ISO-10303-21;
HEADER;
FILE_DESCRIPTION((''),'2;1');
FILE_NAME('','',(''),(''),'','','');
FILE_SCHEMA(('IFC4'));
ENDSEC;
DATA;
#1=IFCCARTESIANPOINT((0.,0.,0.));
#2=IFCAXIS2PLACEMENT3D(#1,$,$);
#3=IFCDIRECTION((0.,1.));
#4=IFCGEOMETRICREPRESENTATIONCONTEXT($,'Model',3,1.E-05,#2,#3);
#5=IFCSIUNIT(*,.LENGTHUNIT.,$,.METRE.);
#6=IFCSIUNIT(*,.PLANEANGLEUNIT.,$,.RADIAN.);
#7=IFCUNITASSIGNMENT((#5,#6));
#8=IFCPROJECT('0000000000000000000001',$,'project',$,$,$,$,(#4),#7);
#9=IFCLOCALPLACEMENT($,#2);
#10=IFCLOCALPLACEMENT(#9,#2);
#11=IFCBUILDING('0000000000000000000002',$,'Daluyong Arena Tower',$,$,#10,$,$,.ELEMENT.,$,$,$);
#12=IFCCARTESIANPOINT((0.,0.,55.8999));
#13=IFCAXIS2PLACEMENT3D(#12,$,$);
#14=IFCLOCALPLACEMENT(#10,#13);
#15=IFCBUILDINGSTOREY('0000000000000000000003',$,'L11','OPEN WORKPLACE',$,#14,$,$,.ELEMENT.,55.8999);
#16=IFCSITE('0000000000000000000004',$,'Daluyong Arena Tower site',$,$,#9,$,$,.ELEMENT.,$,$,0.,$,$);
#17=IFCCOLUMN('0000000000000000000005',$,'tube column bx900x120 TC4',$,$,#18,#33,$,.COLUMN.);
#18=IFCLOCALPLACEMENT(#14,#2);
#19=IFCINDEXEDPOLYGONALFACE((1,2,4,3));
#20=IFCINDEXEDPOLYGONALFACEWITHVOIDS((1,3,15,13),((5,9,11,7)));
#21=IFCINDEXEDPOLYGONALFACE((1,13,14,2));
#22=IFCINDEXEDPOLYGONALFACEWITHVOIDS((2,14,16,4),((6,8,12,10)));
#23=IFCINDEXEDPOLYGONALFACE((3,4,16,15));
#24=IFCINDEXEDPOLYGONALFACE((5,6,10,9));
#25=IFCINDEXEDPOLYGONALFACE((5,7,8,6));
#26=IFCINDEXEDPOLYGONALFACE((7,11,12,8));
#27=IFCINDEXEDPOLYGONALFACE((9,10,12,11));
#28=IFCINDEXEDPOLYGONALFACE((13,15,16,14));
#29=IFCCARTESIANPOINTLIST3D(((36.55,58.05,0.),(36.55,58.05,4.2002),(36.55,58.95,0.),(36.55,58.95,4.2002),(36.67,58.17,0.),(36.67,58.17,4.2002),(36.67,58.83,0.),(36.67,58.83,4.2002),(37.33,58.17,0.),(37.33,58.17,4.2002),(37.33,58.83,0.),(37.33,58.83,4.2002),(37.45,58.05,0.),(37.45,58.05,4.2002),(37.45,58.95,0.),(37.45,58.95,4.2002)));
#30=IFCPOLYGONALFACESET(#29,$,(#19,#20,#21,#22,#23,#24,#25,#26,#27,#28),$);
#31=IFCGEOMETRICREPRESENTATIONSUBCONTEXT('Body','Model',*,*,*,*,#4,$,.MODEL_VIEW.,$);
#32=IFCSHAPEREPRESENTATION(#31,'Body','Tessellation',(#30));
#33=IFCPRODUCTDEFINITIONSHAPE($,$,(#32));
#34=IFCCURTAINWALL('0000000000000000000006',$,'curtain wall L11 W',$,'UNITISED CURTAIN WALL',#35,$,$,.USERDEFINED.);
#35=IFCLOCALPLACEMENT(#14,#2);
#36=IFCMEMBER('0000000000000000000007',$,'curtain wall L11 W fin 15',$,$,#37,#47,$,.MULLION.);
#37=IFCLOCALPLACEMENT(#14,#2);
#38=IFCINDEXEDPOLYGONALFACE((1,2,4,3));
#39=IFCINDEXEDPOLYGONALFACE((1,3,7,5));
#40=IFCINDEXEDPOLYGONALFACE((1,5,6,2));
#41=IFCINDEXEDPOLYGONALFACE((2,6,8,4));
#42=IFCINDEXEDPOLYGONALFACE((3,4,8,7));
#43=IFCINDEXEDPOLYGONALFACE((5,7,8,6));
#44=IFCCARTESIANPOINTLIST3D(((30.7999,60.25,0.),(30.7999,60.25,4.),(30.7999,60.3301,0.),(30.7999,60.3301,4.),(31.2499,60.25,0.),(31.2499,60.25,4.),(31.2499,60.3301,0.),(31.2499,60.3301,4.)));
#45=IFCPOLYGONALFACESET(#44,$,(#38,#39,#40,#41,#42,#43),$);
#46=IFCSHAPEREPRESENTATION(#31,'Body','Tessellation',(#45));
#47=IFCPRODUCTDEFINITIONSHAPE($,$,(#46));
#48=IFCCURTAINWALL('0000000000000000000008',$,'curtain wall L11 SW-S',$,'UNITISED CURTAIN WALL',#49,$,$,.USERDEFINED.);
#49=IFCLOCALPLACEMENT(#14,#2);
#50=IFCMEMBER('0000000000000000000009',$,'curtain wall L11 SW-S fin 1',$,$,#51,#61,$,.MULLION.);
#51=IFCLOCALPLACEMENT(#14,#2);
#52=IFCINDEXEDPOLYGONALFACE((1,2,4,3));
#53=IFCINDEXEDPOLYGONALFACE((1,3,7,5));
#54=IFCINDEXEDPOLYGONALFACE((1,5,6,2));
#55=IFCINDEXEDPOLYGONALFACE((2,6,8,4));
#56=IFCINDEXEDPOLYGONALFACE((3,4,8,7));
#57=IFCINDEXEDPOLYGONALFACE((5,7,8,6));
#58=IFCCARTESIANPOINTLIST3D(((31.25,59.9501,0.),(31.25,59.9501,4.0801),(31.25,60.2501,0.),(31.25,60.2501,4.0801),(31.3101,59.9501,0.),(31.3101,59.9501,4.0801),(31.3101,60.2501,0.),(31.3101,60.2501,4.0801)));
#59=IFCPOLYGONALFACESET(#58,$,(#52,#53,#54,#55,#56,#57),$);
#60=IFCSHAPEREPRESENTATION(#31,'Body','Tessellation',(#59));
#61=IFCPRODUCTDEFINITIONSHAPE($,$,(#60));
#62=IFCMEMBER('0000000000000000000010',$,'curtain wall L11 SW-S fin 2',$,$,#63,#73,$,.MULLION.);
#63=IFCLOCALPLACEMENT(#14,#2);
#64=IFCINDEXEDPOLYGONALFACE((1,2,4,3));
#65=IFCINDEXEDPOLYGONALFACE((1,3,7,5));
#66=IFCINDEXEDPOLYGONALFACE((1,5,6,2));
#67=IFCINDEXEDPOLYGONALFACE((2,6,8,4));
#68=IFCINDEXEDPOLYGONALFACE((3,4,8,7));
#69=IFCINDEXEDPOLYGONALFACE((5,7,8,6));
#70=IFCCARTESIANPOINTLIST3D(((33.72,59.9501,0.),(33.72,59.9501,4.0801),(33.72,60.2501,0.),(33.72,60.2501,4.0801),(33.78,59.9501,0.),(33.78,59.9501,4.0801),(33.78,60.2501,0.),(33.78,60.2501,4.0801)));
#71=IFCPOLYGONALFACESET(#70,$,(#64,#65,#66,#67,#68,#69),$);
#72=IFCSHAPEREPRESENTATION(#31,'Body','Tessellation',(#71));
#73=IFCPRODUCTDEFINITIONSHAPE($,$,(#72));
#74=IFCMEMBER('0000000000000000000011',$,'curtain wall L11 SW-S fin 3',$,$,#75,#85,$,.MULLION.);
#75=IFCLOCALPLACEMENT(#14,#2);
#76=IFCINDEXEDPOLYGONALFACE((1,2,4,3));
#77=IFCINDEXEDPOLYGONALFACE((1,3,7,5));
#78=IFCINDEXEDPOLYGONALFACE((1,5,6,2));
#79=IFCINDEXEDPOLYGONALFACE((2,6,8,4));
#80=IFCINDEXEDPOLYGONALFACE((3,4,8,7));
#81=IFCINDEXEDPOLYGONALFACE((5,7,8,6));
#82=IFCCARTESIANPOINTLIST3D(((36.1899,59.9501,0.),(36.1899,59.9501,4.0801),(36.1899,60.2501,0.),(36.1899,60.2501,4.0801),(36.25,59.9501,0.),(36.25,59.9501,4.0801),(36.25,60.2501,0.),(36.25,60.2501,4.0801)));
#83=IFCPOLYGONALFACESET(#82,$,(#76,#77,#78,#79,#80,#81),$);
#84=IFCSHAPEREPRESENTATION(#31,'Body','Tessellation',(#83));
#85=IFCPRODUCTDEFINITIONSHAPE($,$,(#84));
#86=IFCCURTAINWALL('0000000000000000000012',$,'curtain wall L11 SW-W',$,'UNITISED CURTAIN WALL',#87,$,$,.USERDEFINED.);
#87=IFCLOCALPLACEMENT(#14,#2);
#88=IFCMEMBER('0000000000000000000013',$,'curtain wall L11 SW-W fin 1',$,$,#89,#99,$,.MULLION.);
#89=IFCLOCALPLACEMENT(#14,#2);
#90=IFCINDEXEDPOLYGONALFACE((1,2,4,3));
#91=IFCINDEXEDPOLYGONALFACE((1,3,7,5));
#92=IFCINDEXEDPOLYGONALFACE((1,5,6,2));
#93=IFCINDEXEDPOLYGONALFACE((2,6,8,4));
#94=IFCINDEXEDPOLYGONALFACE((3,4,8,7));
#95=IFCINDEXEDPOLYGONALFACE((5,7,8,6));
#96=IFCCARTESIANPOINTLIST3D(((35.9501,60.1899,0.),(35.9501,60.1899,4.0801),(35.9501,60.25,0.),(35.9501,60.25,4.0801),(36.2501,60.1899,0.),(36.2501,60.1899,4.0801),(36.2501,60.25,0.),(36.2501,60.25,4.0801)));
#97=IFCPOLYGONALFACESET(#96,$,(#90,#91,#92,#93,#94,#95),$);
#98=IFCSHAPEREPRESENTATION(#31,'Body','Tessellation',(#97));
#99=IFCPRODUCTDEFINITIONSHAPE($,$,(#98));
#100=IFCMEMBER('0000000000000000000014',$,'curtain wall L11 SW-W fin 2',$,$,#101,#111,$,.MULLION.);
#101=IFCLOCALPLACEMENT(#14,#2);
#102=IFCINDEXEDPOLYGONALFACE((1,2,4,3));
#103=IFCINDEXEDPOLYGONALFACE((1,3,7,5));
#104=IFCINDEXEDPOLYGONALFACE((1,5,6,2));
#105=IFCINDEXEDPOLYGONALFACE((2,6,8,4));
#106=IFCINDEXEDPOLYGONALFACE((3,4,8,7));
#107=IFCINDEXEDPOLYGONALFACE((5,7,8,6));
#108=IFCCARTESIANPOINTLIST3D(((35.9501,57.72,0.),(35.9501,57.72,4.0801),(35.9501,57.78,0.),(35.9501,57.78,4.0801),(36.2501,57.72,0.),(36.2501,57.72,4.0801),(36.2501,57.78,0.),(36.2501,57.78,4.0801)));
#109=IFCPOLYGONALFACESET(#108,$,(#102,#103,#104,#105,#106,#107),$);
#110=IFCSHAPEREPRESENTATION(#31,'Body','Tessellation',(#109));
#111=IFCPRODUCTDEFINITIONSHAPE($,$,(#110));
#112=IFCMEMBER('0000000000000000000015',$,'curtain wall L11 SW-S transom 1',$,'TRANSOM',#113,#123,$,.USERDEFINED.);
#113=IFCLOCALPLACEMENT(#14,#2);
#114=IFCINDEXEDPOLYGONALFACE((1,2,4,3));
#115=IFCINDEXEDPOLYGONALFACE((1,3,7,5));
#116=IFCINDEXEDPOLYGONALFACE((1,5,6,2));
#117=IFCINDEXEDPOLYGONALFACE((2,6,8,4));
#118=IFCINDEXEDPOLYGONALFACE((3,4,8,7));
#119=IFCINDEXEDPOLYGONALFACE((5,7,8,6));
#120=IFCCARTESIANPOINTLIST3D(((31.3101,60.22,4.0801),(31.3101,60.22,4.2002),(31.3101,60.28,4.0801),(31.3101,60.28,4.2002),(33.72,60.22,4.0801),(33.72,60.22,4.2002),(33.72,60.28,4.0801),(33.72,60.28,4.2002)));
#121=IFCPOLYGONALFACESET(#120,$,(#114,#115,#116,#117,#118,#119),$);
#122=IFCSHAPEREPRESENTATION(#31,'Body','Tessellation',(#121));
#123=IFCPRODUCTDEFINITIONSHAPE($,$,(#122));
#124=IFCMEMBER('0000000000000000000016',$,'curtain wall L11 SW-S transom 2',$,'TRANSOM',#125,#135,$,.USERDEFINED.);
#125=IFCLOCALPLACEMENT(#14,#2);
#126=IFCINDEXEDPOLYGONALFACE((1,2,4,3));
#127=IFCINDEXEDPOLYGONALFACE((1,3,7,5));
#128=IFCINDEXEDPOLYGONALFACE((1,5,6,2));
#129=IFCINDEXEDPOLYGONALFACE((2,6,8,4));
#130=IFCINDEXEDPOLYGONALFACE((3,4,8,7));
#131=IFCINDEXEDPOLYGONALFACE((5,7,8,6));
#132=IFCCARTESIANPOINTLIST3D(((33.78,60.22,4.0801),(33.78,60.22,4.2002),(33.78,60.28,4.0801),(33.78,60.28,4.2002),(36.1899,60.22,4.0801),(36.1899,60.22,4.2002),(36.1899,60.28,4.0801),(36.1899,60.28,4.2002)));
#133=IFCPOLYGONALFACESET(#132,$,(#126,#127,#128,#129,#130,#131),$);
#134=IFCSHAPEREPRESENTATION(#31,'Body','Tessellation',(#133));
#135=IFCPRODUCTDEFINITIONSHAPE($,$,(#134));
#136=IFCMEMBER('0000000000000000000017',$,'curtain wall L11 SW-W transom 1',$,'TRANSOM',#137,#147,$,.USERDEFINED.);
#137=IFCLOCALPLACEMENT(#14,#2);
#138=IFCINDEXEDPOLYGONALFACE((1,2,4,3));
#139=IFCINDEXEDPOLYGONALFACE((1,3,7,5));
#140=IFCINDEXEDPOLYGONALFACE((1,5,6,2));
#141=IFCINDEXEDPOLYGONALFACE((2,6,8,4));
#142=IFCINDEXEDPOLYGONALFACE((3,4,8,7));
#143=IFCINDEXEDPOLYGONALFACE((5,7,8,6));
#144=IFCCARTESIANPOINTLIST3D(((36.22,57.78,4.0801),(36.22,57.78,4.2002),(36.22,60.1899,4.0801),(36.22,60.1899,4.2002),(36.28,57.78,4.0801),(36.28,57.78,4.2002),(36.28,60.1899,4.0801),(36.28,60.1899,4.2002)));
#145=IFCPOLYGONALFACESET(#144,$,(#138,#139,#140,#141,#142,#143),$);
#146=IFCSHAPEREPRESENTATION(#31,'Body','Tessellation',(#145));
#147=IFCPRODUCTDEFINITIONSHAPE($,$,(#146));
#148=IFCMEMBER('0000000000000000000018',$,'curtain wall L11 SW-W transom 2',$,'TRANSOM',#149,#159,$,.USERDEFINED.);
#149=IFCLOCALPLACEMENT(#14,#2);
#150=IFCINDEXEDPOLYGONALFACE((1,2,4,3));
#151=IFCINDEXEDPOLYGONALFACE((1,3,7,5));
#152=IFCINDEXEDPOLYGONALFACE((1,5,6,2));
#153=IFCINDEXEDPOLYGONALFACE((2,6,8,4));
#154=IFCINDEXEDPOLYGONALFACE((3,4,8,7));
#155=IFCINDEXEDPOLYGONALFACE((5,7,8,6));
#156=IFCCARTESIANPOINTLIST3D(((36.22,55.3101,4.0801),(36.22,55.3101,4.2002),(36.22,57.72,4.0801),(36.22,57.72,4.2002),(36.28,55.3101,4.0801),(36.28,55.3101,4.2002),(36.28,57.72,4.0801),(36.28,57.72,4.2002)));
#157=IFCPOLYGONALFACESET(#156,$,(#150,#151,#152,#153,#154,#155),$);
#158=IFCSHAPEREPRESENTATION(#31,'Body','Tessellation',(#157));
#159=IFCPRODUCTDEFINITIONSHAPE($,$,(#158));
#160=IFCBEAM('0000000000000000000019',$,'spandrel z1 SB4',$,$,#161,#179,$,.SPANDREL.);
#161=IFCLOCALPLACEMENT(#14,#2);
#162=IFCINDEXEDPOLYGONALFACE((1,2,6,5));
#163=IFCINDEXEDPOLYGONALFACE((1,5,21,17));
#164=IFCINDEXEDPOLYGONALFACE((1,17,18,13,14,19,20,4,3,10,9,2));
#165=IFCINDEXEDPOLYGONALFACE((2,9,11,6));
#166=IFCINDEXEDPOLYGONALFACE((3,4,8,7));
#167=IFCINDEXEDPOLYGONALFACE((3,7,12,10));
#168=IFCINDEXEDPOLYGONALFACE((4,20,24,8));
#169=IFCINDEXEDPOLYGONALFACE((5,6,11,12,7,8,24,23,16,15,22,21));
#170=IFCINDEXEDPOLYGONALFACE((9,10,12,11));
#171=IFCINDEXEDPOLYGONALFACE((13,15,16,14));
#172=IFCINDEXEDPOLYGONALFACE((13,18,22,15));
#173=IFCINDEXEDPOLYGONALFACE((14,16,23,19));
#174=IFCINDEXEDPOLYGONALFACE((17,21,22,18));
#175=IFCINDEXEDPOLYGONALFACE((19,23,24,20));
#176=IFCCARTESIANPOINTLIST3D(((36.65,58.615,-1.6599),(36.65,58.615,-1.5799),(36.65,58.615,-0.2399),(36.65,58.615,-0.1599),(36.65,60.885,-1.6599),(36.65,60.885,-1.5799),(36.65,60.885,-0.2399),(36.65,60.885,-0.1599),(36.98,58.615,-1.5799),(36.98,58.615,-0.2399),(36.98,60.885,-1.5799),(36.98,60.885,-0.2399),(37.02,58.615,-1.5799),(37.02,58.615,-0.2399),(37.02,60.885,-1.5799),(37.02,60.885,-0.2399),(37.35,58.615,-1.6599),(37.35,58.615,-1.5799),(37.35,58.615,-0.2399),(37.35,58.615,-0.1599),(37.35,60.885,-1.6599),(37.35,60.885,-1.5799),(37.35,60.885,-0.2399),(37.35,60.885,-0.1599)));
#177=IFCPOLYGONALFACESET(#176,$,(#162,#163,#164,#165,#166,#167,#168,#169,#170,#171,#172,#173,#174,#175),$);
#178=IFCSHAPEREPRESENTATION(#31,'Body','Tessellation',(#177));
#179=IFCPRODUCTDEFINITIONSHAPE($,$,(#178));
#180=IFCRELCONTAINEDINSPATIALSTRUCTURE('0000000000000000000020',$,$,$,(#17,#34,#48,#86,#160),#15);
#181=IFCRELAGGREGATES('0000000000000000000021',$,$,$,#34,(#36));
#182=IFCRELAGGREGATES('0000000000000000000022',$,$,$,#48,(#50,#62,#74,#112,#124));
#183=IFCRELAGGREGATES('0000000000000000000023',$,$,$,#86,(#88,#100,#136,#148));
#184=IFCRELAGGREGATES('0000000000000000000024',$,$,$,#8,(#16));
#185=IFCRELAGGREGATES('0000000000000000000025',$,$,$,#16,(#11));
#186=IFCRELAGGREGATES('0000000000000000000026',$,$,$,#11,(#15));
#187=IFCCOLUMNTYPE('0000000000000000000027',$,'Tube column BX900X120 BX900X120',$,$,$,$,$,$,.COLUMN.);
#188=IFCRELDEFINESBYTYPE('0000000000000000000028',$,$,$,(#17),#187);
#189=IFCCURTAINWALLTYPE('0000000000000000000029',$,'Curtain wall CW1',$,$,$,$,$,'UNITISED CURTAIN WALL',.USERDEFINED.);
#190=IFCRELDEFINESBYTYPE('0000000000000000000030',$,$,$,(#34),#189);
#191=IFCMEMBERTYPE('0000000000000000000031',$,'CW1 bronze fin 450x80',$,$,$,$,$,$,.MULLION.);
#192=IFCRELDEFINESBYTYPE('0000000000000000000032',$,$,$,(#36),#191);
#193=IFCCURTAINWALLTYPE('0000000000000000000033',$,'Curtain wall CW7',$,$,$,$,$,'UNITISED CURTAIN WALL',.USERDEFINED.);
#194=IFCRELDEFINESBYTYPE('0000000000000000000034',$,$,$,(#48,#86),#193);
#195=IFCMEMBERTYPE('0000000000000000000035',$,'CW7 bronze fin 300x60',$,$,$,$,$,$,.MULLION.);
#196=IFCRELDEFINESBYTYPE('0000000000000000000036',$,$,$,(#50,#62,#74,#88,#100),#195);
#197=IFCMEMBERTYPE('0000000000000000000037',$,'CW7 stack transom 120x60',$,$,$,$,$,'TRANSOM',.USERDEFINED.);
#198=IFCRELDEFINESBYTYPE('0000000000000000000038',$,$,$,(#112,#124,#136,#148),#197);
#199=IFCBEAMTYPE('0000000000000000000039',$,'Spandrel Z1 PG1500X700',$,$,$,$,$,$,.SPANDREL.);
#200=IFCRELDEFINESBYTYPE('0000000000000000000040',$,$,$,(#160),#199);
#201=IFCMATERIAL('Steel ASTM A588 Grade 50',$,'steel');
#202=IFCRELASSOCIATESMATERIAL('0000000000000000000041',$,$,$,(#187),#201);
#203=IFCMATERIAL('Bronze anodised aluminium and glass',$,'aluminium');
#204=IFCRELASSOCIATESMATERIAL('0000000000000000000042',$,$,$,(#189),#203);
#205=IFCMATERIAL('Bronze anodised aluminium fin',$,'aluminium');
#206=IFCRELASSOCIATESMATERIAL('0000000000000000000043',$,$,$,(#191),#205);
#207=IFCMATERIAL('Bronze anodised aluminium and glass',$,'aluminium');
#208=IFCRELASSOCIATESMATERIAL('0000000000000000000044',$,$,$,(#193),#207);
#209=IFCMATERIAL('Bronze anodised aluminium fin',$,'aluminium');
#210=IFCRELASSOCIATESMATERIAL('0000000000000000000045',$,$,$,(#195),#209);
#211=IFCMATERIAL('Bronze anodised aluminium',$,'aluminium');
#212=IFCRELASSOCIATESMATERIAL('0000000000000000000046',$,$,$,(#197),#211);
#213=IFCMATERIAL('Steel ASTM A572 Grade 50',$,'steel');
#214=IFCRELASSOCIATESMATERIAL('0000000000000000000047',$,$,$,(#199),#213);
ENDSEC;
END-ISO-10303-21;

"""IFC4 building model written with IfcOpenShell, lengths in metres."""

from ifc_helpers import new_model, si_unit, direction, frame, origin, origin_2d, place, context, subcontext, project, spatial, rectangle, hollow_rectangle, i_section, extrude, material, material_profile, profile_set, type_object, element, aggregate, save


model = new_model("IFC4")

# Units and contexts
model_context = context("Model", 3, precision=1e-05, world=origin(), true_north=direction((0.0, 1.0)))
body_context = subcontext(model_context, "Body", "Model", "MODEL_VIEW")
ifc_project = project(units=[si_unit("LENGTHUNIT", "METRE"), si_unit("PLANEANGLEUNIT", "RADIAN")], contexts=[model_context])

# Site, building, storey
site_placement = place(None, origin())
site = spatial("IfcSite", under=ifc_project, at=site_placement, Name="Daluyong Arena Tower site", CompositionType="ELEMENT", RefElevation=0.0)
building_placement = place(site_placement, origin())
building = spatial("IfcBuilding", under=site, at=building_placement, Name="Daluyong Arena Tower", CompositionType="ELEMENT")
storey_placement = place(building_placement, frame((0.0, 0.0, 55.8999)))
storey = spatial("IfcBuildingStorey", under=building, at=storey_placement, Name="L11", Description="OPEN WORKPLACE", CompositionType="ELEMENT", Elevation=55.8999)

# Column
ifc_material_1 = material(Name="Steel ASTM A588 Grade 50", Category="steel")
ifc_material_profile_1 = material_profile(ifc_material_1, hollow_rectangle(XDim=0.8999, YDim=0.8999, WallThickness=0.12, at=origin_2d()))
ifc_profile_set_1 = profile_set([ifc_material_profile_1], Name="Steel ASTM A588 Grade 50")
column_type = type_object("IfcColumnType", Name="Tube column BX900X120 BX900X120", PredefinedType="COLUMN", material=ifc_profile_set_1)
column_placement = place(storey_placement, frame((37.0, 58.5, 0.0), z_axis=(0.0, 0.0, 1.0), x_axis=(0.0, 1.0, 0.0)))
element("IfcColumn", 1, at=column_placement, inside=storey, type_object=column_type, Name="tube column bx900x120 TC4", PredefinedType="COLUMN", context=body_context, shape_type="SweptSolid", body=[
    extrude(hollow_rectangle(XDim=0.8999, YDim=0.8999, WallThickness=0.12, at=origin_2d()), origin(), (0.0, 0.0, 1.0), 4.2002),
])

# Curtain wall, member
ifc_material_2 = material(Name="Bronze anodised aluminium and glass", Category="aluminium")
curtain_wall_type_1 = type_object("IfcCurtainWallType", Name="Curtain wall CW1", ElementType="UNITISED CURTAIN WALL", PredefinedType="USERDEFINED", material=ifc_material_2)
curtain_wall_1_placement = place(storey_placement, origin())
curtain_wall_1 = element("IfcCurtainWall", 2, at=curtain_wall_1_placement, inside=storey, type_object=curtain_wall_type_1, Name="curtain wall L11 W", ObjectType="UNITISED CURTAIN WALL", PredefinedType="USERDEFINED")
ifc_material_3 = material(Name="Bronze anodised aluminium fin", Category="aluminium")
ifc_material_profile_2 = material_profile(ifc_material_3, rectangle(XDim=0.45, YDim=0.0801, at=origin_2d()))
ifc_profile_set_2 = profile_set([ifc_material_profile_2], Name="Bronze anodised aluminium fin")
member_type_1 = type_object("IfcMemberType", Name="CW1 bronze fin 450x80", PredefinedType="MULLION", material=ifc_profile_set_2)
member_1_placement = place(storey_placement, frame((31.0249, 60.29, 0.0), z_axis=(0.0, 0.0, 1.0), x_axis=(1.0, 0.0, 0.0)))
member_1 = element("IfcMember", 3, at=member_1_placement, type_object=member_type_1, Name="curtain wall L11 W fin 15", PredefinedType="MULLION", context=body_context, shape_type="SweptSolid", body=[
    extrude(rectangle(XDim=0.45, YDim=0.0801, at=origin_2d()), origin(), (0.0, 0.0, 1.0), 4.0),
])
aggregate(curtain_wall_1, [member_1])

# Curtain walls, members
ifc_material_4 = material(Name="Bronze anodised aluminium and glass", Category="aluminium")
curtain_wall_type_2 = type_object("IfcCurtainWallType", Name="Curtain wall CW7", ElementType="UNITISED CURTAIN WALL", PredefinedType="USERDEFINED", material=ifc_material_4)
curtain_wall_2_placement = place(storey_placement, origin())
curtain_wall_2 = element("IfcCurtainWall", 4, at=curtain_wall_2_placement, inside=storey, type_object=curtain_wall_type_2, Name="curtain wall L11 SW-S", ObjectType="UNITISED CURTAIN WALL", PredefinedType="USERDEFINED")
ifc_material_5 = material(Name="Bronze anodised aluminium fin", Category="aluminium")
ifc_material_profile_3 = material_profile(ifc_material_5, rectangle(XDim=0.3, YDim=0.0601, at=origin_2d()))
ifc_profile_set_3 = profile_set([ifc_material_profile_3], Name="Bronze anodised aluminium fin")
member_type_2 = type_object("IfcMemberType", Name="CW7 bronze fin 300x60", PredefinedType="MULLION", material=ifc_profile_set_3)
member_2_placement = place(storey_placement, frame((31.28, 60.1001, 0.0), z_axis=(0.0, 0.0, 1.0), x_axis=(0.0, 1.0, 0.0)))
member_2 = element("IfcMember", 5, at=member_2_placement, type_object=member_type_2, Name="curtain wall L11 SW-S fin 1", PredefinedType="MULLION", context=body_context, shape_type="SweptSolid", body=[
    extrude(rectangle(XDim=0.3, YDim=0.0601, at=origin_2d()), origin(), (0.0, 0.0, 1.0), 4.0801),
])
member_3_placement = place(storey_placement, frame((33.75, 60.1001, 0.0), z_axis=(0.0, 0.0, 1.0), x_axis=(0.0, 1.0, 0.0)))
member_3 = element("IfcMember", 6, at=member_3_placement, type_object=member_type_2, Name="curtain wall L11 SW-S fin 2", PredefinedType="MULLION", context=body_context, shape_type="SweptSolid", body=[
    extrude(rectangle(XDim=0.3, YDim=0.0601, at=origin_2d()), origin(), (0.0, 0.0, 1.0), 4.0801),
])
member_4_placement = place(storey_placement, frame((36.22, 60.1001, 0.0), z_axis=(0.0, 0.0, 1.0), x_axis=(0.0, 1.0, 0.0)))
member_4 = element("IfcMember", 7, at=member_4_placement, type_object=member_type_2, Name="curtain wall L11 SW-S fin 3", PredefinedType="MULLION", context=body_context, shape_type="SweptSolid", body=[
    extrude(rectangle(XDim=0.3, YDim=0.0601, at=origin_2d()), origin(), (0.0, 0.0, 1.0), 4.0801),
])
curtain_wall_3_placement = place(storey_placement, origin())
curtain_wall_3 = element("IfcCurtainWall", 8, at=curtain_wall_3_placement, inside=storey, type_object=curtain_wall_type_2, Name="curtain wall L11 SW-W", ObjectType="UNITISED CURTAIN WALL", PredefinedType="USERDEFINED")
member_5_placement = place(storey_placement, frame((36.1001, 60.22, 0.0), z_axis=(0.0, 0.0, 1.0), x_axis=(1.0, 0.0, 0.0)))
member_5 = element("IfcMember", 9, at=member_5_placement, type_object=member_type_2, Name="curtain wall L11 SW-W fin 1", PredefinedType="MULLION", context=body_context, shape_type="SweptSolid", body=[
    extrude(rectangle(XDim=0.3, YDim=0.0601, at=origin_2d()), origin(), (0.0, 0.0, 1.0), 4.0801),
])
member_6_placement = place(storey_placement, frame((36.1001, 57.75, 0.0), z_axis=(0.0, 0.0, 1.0), x_axis=(1.0, 0.0, 0.0)))
member_6 = element("IfcMember", 10, at=member_6_placement, type_object=member_type_2, Name="curtain wall L11 SW-W fin 2", PredefinedType="MULLION", context=body_context, shape_type="SweptSolid", body=[
    extrude(rectangle(XDim=0.3, YDim=0.0601, at=origin_2d()), origin(), (0.0, 0.0, 1.0), 4.0801),
])

# Members
ifc_material_6 = material(Name="Bronze anodised aluminium", Category="aluminium")
ifc_material_profile_4 = material_profile(ifc_material_6, rectangle(XDim=0.0601, YDim=0.1201, at=origin_2d()))
ifc_profile_set_4 = profile_set([ifc_material_profile_4], Name="Bronze anodised aluminium")
member_type_3 = type_object("IfcMemberType", Name="CW7 stack transom 120x60", ElementType="TRANSOM", PredefinedType="USERDEFINED", material=ifc_profile_set_4)
member_7_placement = place(storey_placement, frame((31.3101, 60.25, 4.1401), z_axis=(1.0, 0.0, 0.0), x_axis=(0.0, 1.0, 0.0)))
member_7 = element("IfcMember", 11, at=member_7_placement, type_object=member_type_3, Name="curtain wall L11 SW-S transom 1", ObjectType="TRANSOM", PredefinedType="USERDEFINED", context=body_context, shape_type="SweptSolid", body=[
    extrude(rectangle(XDim=0.0601, YDim=0.1201, at=origin_2d()), origin(), (0.0, 0.0, 1.0), 2.4099),
])
member_8_placement = place(storey_placement, frame((33.78, 60.25, 4.1401), z_axis=(1.0, 0.0, 0.0), x_axis=(0.0, 1.0, 0.0)))
member_8 = element("IfcMember", 12, at=member_8_placement, type_object=member_type_3, Name="curtain wall L11 SW-S transom 2", ObjectType="TRANSOM", PredefinedType="USERDEFINED", context=body_context, shape_type="SweptSolid", body=[
    extrude(rectangle(XDim=0.0601, YDim=0.1201, at=origin_2d()), origin(), (0.0, 0.0, 1.0), 2.4099),
])
member_9_placement = place(storey_placement, frame((36.25, 60.1899, 4.1401), z_axis=(0.0, -1.0, 0.0), x_axis=(1.0, 0.0, 0.0)))
member_9 = element("IfcMember", 13, at=member_9_placement, type_object=member_type_3, Name="curtain wall L11 SW-W transom 1", ObjectType="TRANSOM", PredefinedType="USERDEFINED", context=body_context, shape_type="SweptSolid", body=[
    extrude(rectangle(XDim=0.0601, YDim=0.1201, at=origin_2d()), origin(), (0.0, 0.0, 1.0), 2.4099),
])
member_10_placement = place(storey_placement, frame((36.25, 57.72, 4.1401), z_axis=(0.0, -1.0, 0.0), x_axis=(1.0, 0.0, 0.0)))
member_10 = element("IfcMember", 14, at=member_10_placement, type_object=member_type_3, Name="curtain wall L11 SW-W transom 2", ObjectType="TRANSOM", PredefinedType="USERDEFINED", context=body_context, shape_type="SweptSolid", body=[
    extrude(rectangle(XDim=0.0601, YDim=0.1201, at=origin_2d()), origin(), (0.0, 0.0, 1.0), 2.4099),
])

# Beam
ifc_material_7 = material(Name="Steel ASTM A572 Grade 50", Category="steel")
ifc_material_profile_5 = material_profile(ifc_material_7, i_section(OverallWidth=0.7, OverallDepth=1.5, WebThickness=0.04, FlangeThickness=0.08, at=origin_2d()))
ifc_profile_set_5 = profile_set([ifc_material_profile_5], Name="Steel ASTM A572 Grade 50")
beam_type = type_object("IfcBeamType", Name="Spandrel Z1 PG1500X700", PredefinedType="SPANDREL", material=ifc_profile_set_5)
for number, where, z_axis, x_axis, name in (
    (15, (37.0, 60.885, -0.9099), (0.0, -1.0, 0.0), (1.0, 0.0, 0.0), "spandrel z1 SB4"),
):
    element("IfcBeam", number, at=place(storey_placement, frame(where, z_axis=z_axis, x_axis=x_axis)), inside=storey, type_object=beam_type, Name=name, PredefinedType="SPANDREL", context=body_context, shape_type="SweptSolid", body=[
        extrude(i_section(OverallWidth=0.7, OverallDepth=1.5, WebThickness=0.04, FlangeThickness=0.08, at=origin_2d()), origin(), (0.0, 0.0, 1.0), 2.27),
    ])

aggregate(curtain_wall_2, [member_2, member_3, member_4, member_7, member_8])
aggregate(curtain_wall_3, [member_5, member_6, member_9, member_10])

save(model, "model.ifc")
